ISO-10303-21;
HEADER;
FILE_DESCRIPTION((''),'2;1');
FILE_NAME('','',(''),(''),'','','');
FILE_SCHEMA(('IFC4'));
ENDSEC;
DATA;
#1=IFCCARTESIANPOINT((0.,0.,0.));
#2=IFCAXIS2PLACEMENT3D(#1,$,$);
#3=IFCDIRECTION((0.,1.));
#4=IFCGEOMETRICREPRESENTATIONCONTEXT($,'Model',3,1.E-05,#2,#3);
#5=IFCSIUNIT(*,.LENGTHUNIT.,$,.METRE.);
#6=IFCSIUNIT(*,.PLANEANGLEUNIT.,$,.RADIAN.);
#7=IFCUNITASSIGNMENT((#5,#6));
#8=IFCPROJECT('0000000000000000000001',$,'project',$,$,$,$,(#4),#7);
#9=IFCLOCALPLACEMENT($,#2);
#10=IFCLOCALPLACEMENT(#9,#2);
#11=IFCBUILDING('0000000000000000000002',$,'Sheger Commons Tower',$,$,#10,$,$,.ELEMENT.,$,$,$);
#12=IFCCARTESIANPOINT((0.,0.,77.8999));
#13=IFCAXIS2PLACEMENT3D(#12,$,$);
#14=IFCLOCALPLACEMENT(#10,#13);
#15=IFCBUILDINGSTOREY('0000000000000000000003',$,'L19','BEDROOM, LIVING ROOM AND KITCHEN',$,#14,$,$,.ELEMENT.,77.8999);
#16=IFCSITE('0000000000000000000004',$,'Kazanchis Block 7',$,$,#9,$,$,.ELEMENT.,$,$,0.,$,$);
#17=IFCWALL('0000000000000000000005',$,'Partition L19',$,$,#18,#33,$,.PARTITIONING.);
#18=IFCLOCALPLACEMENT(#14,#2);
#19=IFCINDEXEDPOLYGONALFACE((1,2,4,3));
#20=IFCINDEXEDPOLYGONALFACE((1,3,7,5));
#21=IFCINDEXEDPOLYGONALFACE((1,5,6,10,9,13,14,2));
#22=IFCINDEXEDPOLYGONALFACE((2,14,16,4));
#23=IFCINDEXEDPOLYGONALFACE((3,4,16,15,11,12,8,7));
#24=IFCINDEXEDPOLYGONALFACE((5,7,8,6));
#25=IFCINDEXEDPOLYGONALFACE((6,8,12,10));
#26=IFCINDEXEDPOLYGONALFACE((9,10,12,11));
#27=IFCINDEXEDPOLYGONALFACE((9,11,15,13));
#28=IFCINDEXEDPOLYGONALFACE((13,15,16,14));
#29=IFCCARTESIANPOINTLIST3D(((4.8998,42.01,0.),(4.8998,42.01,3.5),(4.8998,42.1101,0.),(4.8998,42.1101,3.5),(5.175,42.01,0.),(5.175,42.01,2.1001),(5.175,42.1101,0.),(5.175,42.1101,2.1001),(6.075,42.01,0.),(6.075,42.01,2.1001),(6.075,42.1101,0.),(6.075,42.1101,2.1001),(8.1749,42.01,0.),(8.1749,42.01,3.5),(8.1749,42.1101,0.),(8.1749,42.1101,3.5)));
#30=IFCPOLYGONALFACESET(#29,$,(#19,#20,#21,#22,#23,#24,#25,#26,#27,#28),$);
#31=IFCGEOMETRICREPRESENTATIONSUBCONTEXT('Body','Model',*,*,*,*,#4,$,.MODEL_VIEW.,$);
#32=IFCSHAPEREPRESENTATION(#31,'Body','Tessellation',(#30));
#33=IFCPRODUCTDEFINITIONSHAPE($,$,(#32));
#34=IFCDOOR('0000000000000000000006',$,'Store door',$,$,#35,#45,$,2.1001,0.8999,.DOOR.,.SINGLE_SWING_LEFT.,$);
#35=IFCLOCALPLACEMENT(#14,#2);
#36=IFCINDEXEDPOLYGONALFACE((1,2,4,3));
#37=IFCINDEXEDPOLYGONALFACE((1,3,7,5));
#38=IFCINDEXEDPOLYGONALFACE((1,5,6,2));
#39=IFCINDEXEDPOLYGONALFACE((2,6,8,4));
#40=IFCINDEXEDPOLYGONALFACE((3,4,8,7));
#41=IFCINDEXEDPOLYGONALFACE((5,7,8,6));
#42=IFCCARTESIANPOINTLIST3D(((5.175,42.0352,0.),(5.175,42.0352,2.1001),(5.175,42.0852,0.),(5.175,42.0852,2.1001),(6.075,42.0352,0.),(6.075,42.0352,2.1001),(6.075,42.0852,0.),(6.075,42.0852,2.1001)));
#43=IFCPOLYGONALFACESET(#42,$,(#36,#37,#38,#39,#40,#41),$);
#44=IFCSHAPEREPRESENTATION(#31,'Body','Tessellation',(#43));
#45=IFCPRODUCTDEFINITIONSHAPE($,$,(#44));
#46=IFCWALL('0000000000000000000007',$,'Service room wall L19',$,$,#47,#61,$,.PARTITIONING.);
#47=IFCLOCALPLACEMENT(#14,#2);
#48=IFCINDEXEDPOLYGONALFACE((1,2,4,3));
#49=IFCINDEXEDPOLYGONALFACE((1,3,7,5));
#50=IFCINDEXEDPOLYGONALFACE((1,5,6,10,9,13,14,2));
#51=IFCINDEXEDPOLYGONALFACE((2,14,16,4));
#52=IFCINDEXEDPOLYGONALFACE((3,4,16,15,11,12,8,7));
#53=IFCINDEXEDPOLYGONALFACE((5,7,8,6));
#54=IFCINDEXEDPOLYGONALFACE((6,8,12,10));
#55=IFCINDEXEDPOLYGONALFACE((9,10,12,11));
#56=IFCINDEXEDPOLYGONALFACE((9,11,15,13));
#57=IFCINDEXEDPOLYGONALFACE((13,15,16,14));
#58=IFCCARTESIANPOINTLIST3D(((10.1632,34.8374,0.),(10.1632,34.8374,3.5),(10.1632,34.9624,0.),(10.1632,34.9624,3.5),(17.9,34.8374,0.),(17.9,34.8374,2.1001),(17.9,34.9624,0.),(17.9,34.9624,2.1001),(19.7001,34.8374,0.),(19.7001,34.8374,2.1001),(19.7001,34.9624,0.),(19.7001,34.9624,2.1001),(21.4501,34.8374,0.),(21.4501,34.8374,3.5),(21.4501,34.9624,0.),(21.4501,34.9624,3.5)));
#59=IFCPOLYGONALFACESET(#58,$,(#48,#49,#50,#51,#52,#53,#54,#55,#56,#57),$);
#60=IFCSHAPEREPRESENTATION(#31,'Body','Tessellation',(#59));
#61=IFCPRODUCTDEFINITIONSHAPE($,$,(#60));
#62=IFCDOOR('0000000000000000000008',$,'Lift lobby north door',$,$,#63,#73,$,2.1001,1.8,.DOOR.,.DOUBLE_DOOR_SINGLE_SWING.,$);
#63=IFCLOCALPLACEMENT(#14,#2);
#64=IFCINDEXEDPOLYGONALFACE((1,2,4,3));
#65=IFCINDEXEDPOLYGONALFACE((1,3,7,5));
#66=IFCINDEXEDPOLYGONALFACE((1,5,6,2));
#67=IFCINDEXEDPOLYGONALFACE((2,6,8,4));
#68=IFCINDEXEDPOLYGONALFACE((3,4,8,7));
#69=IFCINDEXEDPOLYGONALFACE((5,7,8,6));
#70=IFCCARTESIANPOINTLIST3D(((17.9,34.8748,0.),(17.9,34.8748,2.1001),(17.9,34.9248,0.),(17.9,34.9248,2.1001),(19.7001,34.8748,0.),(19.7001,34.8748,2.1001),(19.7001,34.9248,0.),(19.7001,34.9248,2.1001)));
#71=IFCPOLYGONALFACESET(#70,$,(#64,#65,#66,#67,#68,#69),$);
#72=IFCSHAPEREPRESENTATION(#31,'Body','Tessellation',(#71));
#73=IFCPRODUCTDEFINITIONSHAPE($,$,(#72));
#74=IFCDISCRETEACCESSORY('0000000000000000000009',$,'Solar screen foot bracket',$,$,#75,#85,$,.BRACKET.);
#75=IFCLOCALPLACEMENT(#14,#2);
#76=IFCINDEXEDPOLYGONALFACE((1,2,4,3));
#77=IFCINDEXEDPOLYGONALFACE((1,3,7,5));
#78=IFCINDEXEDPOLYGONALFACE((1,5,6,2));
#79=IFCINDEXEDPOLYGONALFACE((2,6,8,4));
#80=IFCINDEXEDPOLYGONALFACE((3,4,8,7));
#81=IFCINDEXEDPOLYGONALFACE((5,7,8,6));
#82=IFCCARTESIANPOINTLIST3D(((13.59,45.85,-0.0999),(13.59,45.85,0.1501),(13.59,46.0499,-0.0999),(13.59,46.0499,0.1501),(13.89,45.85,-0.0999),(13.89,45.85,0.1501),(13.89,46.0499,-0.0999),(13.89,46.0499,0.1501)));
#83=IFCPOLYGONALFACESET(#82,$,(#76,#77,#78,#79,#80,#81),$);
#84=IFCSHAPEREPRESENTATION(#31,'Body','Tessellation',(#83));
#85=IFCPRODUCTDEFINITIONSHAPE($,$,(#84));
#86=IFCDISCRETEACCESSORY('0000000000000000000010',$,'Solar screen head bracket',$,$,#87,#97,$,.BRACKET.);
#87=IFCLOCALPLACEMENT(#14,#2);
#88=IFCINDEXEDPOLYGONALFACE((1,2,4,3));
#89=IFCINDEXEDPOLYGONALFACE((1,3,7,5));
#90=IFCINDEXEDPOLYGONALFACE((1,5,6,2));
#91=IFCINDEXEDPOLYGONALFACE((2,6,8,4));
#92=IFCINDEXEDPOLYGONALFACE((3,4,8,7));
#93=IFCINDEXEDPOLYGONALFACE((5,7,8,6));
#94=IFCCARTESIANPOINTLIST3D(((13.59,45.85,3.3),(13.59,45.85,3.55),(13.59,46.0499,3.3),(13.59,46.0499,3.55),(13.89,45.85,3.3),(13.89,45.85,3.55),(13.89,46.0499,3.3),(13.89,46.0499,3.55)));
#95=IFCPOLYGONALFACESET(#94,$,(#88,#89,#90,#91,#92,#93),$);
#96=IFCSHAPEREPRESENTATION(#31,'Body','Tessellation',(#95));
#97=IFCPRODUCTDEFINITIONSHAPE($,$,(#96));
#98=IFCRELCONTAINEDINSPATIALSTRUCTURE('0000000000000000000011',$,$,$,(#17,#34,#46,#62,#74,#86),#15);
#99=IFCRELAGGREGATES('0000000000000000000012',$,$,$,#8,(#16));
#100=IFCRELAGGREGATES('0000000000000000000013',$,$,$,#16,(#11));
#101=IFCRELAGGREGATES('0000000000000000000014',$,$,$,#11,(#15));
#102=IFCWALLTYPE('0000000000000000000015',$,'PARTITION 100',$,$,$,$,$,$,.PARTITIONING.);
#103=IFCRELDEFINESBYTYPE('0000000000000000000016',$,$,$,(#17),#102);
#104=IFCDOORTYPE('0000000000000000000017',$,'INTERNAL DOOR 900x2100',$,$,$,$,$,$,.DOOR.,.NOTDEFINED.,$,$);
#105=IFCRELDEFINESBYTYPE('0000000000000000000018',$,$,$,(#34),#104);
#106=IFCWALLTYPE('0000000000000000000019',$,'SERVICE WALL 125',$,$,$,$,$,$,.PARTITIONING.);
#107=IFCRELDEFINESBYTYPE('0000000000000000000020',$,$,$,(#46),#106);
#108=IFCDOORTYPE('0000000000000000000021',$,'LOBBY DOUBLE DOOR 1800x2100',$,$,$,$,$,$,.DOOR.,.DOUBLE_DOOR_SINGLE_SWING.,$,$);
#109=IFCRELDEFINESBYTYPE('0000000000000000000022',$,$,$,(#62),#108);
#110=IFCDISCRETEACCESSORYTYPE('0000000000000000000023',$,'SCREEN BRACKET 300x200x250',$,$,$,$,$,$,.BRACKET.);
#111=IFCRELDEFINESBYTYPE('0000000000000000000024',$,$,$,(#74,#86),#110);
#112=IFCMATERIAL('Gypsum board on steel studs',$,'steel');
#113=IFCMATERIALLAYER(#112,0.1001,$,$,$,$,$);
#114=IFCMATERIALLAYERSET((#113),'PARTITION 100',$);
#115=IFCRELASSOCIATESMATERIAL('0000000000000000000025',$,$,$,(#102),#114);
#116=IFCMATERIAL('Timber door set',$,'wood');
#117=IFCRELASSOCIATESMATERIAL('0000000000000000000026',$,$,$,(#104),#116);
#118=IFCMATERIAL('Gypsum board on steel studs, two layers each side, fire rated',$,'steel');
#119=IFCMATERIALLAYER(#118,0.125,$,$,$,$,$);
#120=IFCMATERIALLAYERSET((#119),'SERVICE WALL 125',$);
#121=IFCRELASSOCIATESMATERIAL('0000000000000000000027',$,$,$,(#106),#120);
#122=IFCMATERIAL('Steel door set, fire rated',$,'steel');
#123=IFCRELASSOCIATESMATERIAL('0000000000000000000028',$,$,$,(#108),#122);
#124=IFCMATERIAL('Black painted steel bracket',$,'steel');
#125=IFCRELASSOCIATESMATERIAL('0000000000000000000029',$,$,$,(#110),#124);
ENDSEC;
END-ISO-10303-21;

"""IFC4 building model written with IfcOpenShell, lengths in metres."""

from ifc_helpers import new_model, si_unit, direction, frame, frame_2d, origin, origin_2d, place, context, subcontext, project, spatial, rectangle, extrude, material, layer, layer_set, type_object, element, fill, save


model = new_model("IFC4")

# Units and contexts
model_context = context("Model", 3, precision=1e-05, world=origin(), true_north=direction((0.0, 1.0)))
body_context = subcontext(model_context, "Body", "Model", "MODEL_VIEW")
ifc_project = project(units=[si_unit("LENGTHUNIT", "METRE"), si_unit("PLANEANGLEUNIT", "RADIAN")], contexts=[model_context])

# Site, building, storey
site_placement = place(None, origin())
site = spatial("IfcSite", under=ifc_project, at=site_placement, Name="Kazanchis Block 7", CompositionType="ELEMENT", RefElevation=0.0)
building_placement = place(site_placement, origin())
building = spatial("IfcBuilding", under=site, at=building_placement, Name="Sheger Commons Tower", CompositionType="ELEMENT")
storey_placement = place(building_placement, frame((0.0, 0.0, 77.8999)))
storey = spatial("IfcBuildingStorey", under=building, at=storey_placement, Name="L19", Description="BEDROOM, LIVING ROOM AND KITCHEN", CompositionType="ELEMENT", Elevation=77.8999)

# Shared definitions
ifc_material_1 = material(Name="Gypsum board on steel studs", Category="steel")
ifc_layer_1 = layer(ifc_material_1, 0.1001)
ifc_layer_set_1 = layer_set([ifc_layer_1], Name="PARTITION 100")
wall_type_1 = type_object("IfcWallType", Name="PARTITION 100", PredefinedType="PARTITIONING", material=ifc_layer_set_1)

# Shared definitions
ifc_material_2 = material(Name="Timber door set", Category="wood")
door_type_1 = type_object("IfcDoorType", Name="INTERNAL DOOR 900x2100", OperationType="NOTDEFINED", PredefinedType="DOOR", material=ifc_material_2)

# Walls, openings, doors
wall_1_placement = place(storey_placement, frame((8.175, 42.0601, 0.0), z_axis=(0.0, 0.0, 1.0), x_axis=(-1.0, 0.0, 0.0)))
wall_1 = element("IfcWall", 1, at=wall_1_placement, inside=storey, type_object=wall_type_1, Name="Partition L19", PredefinedType="PARTITIONING", context=body_context, shape_type="SweptSolid", body=[
    extrude(rectangle(XDim=3.2751, YDim=0.1001, at=frame_2d((1.6377, 0.0))), origin(), (0.0, 0.0, 1.0), 3.5),
])
opening_1_placement = place(wall_1_placement, frame((2.1001, 0.0, 0.0)))
opening_1 = element("IfcOpeningElement", 2, at=opening_1_placement, cuts=wall_1, PredefinedType="OPENING", context=body_context, shape_type="SweptSolid", body=[
    extrude(rectangle(XDim=0.8999, YDim=2.1001, at=frame_2d((0.45, 1.05))), frame((0.0, 0.0601, 0.0), z_axis=(0.0, -1.0, 0.0), x_axis=(1.0, 0.0, 0.0)), (0.0, 0.0, 1.0), 0.1201),
])
door_1_placement = place(opening_1_placement, origin())
door_1 = element("IfcDoor", 3, at=door_1_placement, inside=storey, type_object=door_type_1, Name="Store door", OperationType="SINGLE_SWING_LEFT", OverallHeight=2.1001, OverallWidth=0.8999, PredefinedType="DOOR", context=body_context, shape_type="SweptSolid", body=[
    extrude(rectangle(XDim=0.8999, YDim=2.1001, at=frame_2d((0.45, 1.05))), frame((0.0, 0.0249, 0.0), z_axis=(0.0, -1.0, 0.0), x_axis=(1.0, 0.0, 0.0)), (0.0, 0.0, 1.0), 0.05),
])
fill(opening_1, door_1)
ifc_material_3 = material(Name="Gypsum board on steel studs, two layers each side, fire rated", Category="steel")
ifc_layer_2 = layer(ifc_material_3, 0.125)
ifc_layer_set_2 = layer_set([ifc_layer_2], Name="SERVICE WALL 125")
wall_type_2 = type_object("IfcWallType", Name="SERVICE WALL 125", PredefinedType="PARTITIONING", material=ifc_layer_set_2)
wall_2_placement = place(storey_placement, frame((10.1631, 34.8999, 0.0), z_axis=(0.0, 0.0, 1.0), x_axis=(1.0, 0.0, 0.0)))
wall_2 = element("IfcWall", 4, at=wall_2_placement, inside=storey, type_object=wall_type_2, Name="Service room wall L19", PredefinedType="PARTITIONING", context=body_context, shape_type="SweptSolid", body=[
    extrude(rectangle(XDim=11.2869, YDim=0.125, at=frame_2d((5.6436, 0.0))), origin(), (0.0, 0.0, 1.0), 3.5),
])
opening_2_placement = place(wall_2_placement, frame((7.7371, 0.0, 0.0)))
opening_2 = element("IfcOpeningElement", 5, at=opening_2_placement, cuts=wall_2, PredefinedType="OPENING", context=body_context, shape_type="SweptSolid", body=[
    extrude(rectangle(XDim=1.8, YDim=2.1001, at=frame_2d((0.8999, 1.05))), frame((0.0, 0.0725, 0.0), z_axis=(0.0, -1.0, 0.0), x_axis=(1.0, 0.0, 0.0)), (0.0, 0.0, 1.0), 0.145),
])
ifc_material_4 = material(Name="Steel door set, fire rated", Category="steel")
door_type_2 = type_object("IfcDoorType", Name="LOBBY DOUBLE DOOR 1800x2100", OperationType="DOUBLE_DOOR_SINGLE_SWING", PredefinedType="DOOR", material=ifc_material_4)
door_2_placement = place(opening_2_placement, origin())
door_2 = element("IfcDoor", 6, at=door_2_placement, inside=storey, type_object=door_type_2, Name="Lift lobby north door", OperationType="DOUBLE_DOOR_SINGLE_SWING", OverallHeight=2.1001, OverallWidth=1.8, PredefinedType="DOOR", context=body_context, shape_type="SweptSolid", body=[
    extrude(rectangle(XDim=1.8, YDim=2.1001, at=frame_2d((0.8999, 1.05))), frame((0.0, 0.0249, 0.0), z_axis=(0.0, -1.0, 0.0), x_axis=(1.0, 0.0, 0.0)), (0.0, 0.0, 1.0), 0.05),
])
fill(opening_2, door_2)

# Discrete accessories
ifc_material_5 = material(Name="Black painted steel bracket", Category="steel")
discrete_accessory_type = type_object("IfcDiscreteAccessoryType", Name="SCREEN BRACKET 300x200x250", PredefinedType="BRACKET", material=ifc_material_5)
for number, where, z_axis, x_axis, name in (
    (7, (13.74, 45.95, -0.0999), (0.0, 0.0, 1.0), (-1.0, 0.0, 0.0), "Solar screen foot bracket"),
    (8, (13.74, 45.95, 3.3), (0.0, 0.0, 1.0), (-1.0, 0.0, 0.0), "Solar screen head bracket"),
):
    element("IfcDiscreteAccessory", number, at=place(storey_placement, frame(where, z_axis=z_axis, x_axis=x_axis)), inside=storey, type_object=discrete_accessory_type, Name=name, PredefinedType="BRACKET", context=body_context, shape_type="SweptSolid", body=[
        extrude(rectangle(XDim=0.3, YDim=0.2, at=origin_2d()), origin(), (0.0, 0.0, 1.0), 0.25),
    ])

save(model, "model.ifc")
